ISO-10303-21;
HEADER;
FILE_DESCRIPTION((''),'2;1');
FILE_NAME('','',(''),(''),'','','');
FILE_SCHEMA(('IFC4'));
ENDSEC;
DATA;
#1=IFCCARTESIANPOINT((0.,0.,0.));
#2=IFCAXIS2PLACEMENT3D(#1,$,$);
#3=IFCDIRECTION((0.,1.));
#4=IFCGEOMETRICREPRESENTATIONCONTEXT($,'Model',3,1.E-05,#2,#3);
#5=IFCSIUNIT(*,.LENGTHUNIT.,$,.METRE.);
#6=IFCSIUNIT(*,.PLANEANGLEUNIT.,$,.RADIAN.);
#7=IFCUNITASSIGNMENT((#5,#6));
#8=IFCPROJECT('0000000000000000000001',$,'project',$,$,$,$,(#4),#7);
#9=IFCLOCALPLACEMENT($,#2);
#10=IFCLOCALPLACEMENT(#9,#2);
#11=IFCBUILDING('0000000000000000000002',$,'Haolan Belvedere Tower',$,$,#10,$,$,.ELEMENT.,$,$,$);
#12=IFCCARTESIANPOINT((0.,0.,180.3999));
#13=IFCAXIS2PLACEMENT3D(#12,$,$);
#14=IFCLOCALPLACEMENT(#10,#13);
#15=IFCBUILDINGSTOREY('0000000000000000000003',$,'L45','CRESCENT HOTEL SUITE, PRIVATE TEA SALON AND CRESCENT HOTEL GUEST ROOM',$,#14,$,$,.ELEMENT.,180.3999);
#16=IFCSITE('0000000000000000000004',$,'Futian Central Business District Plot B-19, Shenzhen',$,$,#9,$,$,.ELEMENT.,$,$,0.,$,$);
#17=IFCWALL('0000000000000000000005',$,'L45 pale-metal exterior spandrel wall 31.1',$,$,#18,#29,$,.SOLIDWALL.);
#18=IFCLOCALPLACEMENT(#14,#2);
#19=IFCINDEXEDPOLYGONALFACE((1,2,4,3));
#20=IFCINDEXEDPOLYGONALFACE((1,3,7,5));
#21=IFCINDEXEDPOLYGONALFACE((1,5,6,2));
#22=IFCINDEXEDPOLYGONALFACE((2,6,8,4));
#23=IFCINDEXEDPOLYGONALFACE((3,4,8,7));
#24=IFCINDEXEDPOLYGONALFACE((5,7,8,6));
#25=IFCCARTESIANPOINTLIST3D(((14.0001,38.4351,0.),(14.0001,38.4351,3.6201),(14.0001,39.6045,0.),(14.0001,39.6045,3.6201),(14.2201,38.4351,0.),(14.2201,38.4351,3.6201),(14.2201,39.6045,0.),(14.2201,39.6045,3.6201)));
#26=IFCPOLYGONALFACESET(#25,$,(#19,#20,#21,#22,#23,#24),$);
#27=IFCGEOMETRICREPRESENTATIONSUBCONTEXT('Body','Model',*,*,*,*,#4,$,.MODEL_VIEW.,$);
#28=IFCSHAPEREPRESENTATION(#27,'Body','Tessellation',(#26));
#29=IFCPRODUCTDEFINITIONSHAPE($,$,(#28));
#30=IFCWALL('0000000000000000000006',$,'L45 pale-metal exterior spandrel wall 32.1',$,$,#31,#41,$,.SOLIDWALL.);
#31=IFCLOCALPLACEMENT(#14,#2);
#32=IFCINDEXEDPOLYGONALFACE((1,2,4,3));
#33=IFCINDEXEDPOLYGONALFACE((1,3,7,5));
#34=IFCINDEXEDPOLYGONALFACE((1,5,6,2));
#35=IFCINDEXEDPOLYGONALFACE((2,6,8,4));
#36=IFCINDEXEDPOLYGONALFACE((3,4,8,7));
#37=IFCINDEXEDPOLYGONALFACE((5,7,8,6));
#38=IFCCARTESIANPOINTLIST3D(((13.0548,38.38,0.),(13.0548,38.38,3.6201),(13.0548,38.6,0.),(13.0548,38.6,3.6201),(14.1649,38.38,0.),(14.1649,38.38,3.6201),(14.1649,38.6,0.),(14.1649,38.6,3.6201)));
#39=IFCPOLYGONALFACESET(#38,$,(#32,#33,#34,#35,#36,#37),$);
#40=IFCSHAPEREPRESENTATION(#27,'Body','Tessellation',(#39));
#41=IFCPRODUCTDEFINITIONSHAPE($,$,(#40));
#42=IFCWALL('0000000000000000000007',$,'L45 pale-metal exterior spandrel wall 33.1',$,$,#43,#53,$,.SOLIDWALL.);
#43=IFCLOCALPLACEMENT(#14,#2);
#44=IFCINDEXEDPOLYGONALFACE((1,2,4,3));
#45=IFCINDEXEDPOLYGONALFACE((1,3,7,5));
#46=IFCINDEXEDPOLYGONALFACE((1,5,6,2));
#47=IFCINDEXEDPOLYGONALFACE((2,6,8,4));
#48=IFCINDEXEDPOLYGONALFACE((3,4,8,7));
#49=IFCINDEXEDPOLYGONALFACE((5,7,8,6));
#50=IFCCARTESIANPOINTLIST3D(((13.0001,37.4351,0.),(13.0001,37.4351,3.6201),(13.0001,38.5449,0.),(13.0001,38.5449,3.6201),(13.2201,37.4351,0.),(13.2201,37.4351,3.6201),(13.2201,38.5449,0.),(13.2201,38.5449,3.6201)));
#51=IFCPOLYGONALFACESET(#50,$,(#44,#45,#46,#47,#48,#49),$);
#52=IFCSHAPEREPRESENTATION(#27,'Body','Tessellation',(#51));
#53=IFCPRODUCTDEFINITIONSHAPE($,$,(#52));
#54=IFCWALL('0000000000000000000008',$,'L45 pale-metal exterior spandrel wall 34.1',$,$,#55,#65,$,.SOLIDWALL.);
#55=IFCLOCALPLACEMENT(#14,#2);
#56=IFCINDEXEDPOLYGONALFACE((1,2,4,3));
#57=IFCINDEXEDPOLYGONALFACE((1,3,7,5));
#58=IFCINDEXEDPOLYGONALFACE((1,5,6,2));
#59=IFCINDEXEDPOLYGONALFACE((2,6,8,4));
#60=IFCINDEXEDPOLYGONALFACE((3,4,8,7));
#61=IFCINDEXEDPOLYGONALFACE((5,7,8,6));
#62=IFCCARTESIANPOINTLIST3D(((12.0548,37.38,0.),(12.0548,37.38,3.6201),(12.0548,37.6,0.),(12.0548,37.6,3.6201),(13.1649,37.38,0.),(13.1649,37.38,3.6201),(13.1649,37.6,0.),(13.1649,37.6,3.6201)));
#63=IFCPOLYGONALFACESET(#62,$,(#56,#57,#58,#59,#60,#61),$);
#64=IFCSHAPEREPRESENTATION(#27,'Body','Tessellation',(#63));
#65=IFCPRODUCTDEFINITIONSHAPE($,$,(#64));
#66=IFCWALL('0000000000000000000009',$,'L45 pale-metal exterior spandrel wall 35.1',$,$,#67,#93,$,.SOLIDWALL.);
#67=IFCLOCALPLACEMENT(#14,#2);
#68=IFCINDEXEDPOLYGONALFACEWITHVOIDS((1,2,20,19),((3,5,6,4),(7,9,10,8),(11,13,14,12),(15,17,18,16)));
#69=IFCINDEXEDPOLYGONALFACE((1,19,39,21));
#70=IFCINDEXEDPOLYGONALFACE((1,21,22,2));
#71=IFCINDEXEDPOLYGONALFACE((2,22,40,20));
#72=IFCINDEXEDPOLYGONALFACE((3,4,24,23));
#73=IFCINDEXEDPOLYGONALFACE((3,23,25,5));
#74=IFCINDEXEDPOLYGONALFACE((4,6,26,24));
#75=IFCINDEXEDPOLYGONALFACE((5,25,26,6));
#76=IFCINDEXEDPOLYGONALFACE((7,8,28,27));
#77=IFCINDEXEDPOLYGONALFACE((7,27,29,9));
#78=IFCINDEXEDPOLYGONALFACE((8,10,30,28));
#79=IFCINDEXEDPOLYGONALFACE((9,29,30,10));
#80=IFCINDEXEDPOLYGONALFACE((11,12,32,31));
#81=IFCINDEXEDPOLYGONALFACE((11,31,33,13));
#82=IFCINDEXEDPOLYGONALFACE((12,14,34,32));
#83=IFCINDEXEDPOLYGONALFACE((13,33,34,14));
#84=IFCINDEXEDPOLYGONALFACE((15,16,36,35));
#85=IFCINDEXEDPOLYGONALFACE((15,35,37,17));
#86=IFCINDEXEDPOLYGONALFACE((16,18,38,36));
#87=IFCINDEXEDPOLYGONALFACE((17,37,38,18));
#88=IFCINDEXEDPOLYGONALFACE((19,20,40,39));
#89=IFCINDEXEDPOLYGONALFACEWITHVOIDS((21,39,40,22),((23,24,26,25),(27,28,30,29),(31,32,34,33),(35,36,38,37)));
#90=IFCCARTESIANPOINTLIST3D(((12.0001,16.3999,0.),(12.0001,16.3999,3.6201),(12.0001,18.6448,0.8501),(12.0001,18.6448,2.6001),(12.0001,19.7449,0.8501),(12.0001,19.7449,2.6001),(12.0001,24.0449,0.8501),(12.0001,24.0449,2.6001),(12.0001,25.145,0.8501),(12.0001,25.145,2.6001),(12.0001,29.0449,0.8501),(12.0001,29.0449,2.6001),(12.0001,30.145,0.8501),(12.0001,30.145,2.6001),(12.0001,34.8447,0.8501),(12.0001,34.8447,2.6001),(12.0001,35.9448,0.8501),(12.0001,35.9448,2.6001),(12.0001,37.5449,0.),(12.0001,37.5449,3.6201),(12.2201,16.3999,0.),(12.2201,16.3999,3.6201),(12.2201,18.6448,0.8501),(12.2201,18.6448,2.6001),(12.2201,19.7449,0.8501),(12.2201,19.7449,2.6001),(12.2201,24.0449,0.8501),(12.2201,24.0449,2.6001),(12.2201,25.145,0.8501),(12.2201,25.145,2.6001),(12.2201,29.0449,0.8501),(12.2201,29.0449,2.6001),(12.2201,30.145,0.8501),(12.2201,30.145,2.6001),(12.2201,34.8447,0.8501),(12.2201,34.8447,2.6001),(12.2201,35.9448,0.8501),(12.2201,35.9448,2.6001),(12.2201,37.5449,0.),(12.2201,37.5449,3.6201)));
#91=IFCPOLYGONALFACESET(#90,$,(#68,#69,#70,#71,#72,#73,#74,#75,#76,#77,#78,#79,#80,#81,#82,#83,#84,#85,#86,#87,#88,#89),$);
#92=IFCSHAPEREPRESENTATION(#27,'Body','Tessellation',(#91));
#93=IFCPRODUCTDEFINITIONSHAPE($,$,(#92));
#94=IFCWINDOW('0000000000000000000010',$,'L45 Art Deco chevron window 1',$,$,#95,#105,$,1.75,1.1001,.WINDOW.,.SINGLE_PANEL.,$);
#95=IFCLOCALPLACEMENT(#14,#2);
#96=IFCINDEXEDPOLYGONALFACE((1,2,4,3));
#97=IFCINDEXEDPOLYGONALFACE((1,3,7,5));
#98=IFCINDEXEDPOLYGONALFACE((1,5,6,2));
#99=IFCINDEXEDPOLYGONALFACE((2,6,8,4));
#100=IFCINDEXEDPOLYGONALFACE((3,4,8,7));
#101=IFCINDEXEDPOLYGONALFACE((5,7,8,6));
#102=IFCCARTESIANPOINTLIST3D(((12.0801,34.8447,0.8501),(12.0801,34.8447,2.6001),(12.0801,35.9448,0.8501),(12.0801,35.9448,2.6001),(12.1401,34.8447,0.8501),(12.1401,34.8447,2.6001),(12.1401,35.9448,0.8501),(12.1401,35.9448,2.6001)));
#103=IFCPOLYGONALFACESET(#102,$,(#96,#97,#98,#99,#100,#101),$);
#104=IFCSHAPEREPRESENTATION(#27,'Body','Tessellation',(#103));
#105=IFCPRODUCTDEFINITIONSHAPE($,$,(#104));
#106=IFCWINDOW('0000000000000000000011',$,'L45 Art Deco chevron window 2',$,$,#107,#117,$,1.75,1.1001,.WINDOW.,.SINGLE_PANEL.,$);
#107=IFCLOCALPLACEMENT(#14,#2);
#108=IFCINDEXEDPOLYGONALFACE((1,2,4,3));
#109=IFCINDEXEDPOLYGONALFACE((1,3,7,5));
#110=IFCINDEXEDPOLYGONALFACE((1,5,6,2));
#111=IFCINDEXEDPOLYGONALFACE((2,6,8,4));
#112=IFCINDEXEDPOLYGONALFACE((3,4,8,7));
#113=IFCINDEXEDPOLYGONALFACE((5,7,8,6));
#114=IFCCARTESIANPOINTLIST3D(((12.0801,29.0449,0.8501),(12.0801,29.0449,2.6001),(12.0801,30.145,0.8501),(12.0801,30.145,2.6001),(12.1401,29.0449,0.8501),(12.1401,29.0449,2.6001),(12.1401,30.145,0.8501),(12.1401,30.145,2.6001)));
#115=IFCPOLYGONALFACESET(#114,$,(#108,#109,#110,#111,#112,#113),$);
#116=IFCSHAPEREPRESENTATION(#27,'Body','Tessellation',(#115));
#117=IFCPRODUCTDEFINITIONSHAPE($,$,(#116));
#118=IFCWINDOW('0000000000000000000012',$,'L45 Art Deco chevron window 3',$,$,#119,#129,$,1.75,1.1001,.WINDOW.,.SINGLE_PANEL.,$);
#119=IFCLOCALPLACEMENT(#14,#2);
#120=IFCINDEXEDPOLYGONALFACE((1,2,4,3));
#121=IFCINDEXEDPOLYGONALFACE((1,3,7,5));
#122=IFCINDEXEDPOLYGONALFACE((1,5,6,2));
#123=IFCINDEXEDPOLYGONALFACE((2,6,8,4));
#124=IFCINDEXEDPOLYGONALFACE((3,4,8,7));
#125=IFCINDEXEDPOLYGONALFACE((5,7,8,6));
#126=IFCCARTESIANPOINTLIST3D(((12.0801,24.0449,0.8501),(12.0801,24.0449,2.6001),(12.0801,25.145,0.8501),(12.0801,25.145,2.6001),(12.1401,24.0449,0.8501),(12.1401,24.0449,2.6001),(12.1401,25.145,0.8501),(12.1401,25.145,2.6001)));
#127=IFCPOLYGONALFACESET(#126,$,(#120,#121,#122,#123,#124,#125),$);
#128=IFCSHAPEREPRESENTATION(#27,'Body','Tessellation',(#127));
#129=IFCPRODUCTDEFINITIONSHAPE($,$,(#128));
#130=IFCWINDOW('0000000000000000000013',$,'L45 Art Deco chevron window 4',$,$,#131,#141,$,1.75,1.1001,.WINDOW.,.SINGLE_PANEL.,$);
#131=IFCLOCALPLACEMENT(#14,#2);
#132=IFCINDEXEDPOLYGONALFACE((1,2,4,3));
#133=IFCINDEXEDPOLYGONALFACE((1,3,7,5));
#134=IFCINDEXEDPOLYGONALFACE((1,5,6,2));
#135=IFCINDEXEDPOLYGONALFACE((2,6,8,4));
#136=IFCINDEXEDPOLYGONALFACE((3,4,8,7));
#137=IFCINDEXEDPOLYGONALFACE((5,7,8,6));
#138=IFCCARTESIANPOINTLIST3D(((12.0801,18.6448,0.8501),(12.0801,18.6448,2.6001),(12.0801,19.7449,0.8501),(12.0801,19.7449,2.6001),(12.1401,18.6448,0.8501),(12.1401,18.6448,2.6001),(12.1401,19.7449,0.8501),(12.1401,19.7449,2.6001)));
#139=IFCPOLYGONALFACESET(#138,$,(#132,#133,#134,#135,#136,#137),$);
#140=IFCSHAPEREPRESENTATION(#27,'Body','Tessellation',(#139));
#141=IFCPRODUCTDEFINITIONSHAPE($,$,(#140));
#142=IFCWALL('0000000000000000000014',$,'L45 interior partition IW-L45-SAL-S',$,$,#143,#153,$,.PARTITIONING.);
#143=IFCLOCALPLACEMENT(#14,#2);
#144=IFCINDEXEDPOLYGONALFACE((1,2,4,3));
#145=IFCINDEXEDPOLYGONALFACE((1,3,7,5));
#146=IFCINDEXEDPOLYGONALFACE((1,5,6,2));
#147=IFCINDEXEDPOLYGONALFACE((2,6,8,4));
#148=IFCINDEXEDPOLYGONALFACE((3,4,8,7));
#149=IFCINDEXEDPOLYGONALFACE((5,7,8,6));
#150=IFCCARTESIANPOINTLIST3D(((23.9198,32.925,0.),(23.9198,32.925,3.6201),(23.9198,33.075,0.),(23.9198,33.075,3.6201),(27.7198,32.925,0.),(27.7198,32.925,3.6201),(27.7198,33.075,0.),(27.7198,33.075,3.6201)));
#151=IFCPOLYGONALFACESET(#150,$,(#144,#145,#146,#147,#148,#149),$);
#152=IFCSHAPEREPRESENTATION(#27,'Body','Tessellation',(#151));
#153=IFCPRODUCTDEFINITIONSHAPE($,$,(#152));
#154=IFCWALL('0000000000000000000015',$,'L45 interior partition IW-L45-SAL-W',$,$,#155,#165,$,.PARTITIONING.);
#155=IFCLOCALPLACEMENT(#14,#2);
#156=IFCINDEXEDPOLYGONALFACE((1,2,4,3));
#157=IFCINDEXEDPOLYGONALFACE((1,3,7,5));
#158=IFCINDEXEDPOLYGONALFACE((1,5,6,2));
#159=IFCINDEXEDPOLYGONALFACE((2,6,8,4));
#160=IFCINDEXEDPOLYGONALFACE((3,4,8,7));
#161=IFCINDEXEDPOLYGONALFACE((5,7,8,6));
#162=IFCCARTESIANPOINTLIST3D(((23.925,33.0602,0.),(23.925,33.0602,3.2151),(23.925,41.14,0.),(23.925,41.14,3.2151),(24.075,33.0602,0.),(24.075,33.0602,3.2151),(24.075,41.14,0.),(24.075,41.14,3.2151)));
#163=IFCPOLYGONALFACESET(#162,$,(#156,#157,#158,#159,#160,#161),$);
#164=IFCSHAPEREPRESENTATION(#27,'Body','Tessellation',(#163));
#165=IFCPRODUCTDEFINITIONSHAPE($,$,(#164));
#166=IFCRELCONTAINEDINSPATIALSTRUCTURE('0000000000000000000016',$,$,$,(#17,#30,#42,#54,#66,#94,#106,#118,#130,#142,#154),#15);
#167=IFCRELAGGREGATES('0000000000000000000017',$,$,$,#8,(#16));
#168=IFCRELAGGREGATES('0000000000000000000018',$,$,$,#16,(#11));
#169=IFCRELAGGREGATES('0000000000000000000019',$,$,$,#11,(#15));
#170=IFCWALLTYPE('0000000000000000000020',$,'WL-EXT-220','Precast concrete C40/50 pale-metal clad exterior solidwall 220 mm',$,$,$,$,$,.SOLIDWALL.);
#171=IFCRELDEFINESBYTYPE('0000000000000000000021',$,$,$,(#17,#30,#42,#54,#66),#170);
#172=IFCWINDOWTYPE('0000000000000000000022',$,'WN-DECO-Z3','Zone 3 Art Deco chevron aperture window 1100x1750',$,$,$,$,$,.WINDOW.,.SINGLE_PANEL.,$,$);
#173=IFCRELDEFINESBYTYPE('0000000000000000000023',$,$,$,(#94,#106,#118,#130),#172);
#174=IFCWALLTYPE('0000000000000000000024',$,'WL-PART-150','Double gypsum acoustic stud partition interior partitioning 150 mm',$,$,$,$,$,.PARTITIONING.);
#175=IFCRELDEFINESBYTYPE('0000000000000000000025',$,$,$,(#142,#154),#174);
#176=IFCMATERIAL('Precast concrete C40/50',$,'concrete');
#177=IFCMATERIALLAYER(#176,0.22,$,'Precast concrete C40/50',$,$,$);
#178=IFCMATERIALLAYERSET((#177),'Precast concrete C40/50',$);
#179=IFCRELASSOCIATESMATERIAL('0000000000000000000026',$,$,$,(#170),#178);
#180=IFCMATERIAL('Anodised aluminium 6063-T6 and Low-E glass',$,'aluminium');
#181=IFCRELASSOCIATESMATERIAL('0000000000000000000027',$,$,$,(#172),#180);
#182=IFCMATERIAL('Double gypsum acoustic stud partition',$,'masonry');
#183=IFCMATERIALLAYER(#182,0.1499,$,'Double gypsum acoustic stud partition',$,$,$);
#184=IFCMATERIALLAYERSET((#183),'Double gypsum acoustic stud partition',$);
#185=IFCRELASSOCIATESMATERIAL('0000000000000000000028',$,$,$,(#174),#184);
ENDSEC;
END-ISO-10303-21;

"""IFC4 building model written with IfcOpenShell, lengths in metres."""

from ifc_helpers import new_model, si_unit, direction, frame, frame_2d, origin, place, context, subcontext, project, spatial, rectangle, extrude, material, layer, layer_set, type_object, element, fill, save


model = new_model("IFC4")

# Units and contexts
model_context = context("Model", 3, precision=1e-05, world=origin(), true_north=direction((0.0, 1.0)))
body_context = subcontext(model_context, "Body", "Model", "MODEL_VIEW")
ifc_project = project(units=[si_unit("LENGTHUNIT", "METRE"), si_unit("PLANEANGLEUNIT", "RADIAN")], contexts=[model_context])

# Site, building, storey
site_placement = place(None, origin())
site = spatial("IfcSite", under=ifc_project, at=site_placement, Name="Futian Central Business District Plot B-19, Shenzhen", CompositionType="ELEMENT", RefElevation=0.0)
building_placement = place(site_placement, origin())
building = spatial("IfcBuilding", under=site, at=building_placement, Name="Haolan Belvedere Tower", CompositionType="ELEMENT")
storey_placement = place(building_placement, frame((0.0, 0.0, 180.3999)))
storey = spatial("IfcBuildingStorey", under=building, at=storey_placement, Name="L45", Description="CRESCENT HOTEL SUITE, PRIVATE TEA SALON AND CRESCENT HOTEL GUEST ROOM", CompositionType="ELEMENT", Elevation=180.3999)

# Walls
ifc_material_1 = material(Name="Precast concrete C40/50", Category="concrete")
ifc_layer_1 = layer(ifc_material_1, 0.22, Name="Precast concrete C40/50")
ifc_layer_set_1 = layer_set([ifc_layer_1], Name="Precast concrete C40/50")
wall_type_1 = type_object("IfcWallType", Name="WL-EXT-220", Description="Precast concrete C40/50 pale-metal clad exterior solidwall 220 mm", PredefinedType="SOLIDWALL", material=ifc_layer_set_1)
wall_1_placement = place(storey_placement, frame((14.1101, 39.6045, 0.0), z_axis=(0.0, 0.0, 1.0), x_axis=(0.0, -1.0, 0.0)))
element("IfcWall", 1, at=wall_1_placement, inside=storey, type_object=wall_type_1, Name="L45 pale-metal exterior spandrel wall 31.1", PredefinedType="SOLIDWALL", context=body_context, shape_type="SweptSolid", body=[
    extrude(rectangle(XDim=1.1694, YDim=0.22, at=frame_2d((0.5847, 0.0))), origin(), (0.0, 0.0, 1.0), 3.6201),
])
wall_2_placement = place(storey_placement, frame((14.165, 38.49, 0.0), z_axis=(0.0, 0.0, 1.0), x_axis=(-1.0, 0.0, 0.0)))
element("IfcWall", 2, at=wall_2_placement, inside=storey, type_object=wall_type_1, Name="L45 pale-metal exterior spandrel wall 32.1", PredefinedType="SOLIDWALL", context=body_context, shape_type="SweptSolid", body=[
    extrude(rectangle(XDim=1.1101, YDim=0.22, at=frame_2d((0.5552, 0.0))), origin(), (0.0, 0.0, 1.0), 3.6201),
])
wall_3_placement = place(storey_placement, frame((13.1101, 38.5449, 0.0), z_axis=(0.0, 0.0, 1.0), x_axis=(0.0, -1.0, 0.0)))
element("IfcWall", 3, at=wall_3_placement, inside=storey, type_object=wall_type_1, Name="L45 pale-metal exterior spandrel wall 33.1", PredefinedType="SOLIDWALL", context=body_context, shape_type="SweptSolid", body=[
    extrude(rectangle(XDim=1.1099, YDim=0.22, at=frame_2d((0.5549, 0.0))), origin(), (0.0, 0.0, 1.0), 3.6201),
])
wall_4_placement = place(storey_placement, frame((13.165, 37.49, 0.0), z_axis=(0.0, 0.0, 1.0), x_axis=(-1.0, 0.0, 0.0)))
element("IfcWall", 4, at=wall_4_placement, inside=storey, type_object=wall_type_1, Name="L45 pale-metal exterior spandrel wall 34.1", PredefinedType="SOLIDWALL", context=body_context, shape_type="SweptSolid", body=[
    extrude(rectangle(XDim=1.1101, YDim=0.22, at=frame_2d((0.5552, 0.0))), origin(), (0.0, 0.0, 1.0), 3.6201),
])

# Wall, openings, windows
wall_5_placement = place(storey_placement, frame((12.1101, 37.5449, 0.0), z_axis=(0.0, 0.0, 1.0), x_axis=(0.0, -1.0, 0.0)))
wall_5 = element("IfcWall", 5, at=wall_5_placement, inside=storey, type_object=wall_type_1, Name="L45 pale-metal exterior spandrel wall 35.1", PredefinedType="SOLIDWALL", context=body_context, shape_type="SweptSolid", body=[
    extrude(rectangle(XDim=21.145, YDim=0.22, at=frame_2d((10.5725, 0.0))), origin(), (0.0, 0.0, 1.0), 3.6201),
])
opening_1_placement = place(wall_5_placement, frame((1.6001, 0.0, 0.8501)))
opening_1 = element("IfcOpeningElement", 6, at=opening_1_placement, cuts=wall_5, PredefinedType="OPENING", context=body_context, shape_type="SweptSolid", body=[
    extrude(rectangle(XDim=1.1001, YDim=1.75, at=frame_2d((0.55, 0.875))), frame((0.0, 0.1199, 0.0), z_axis=(0.0, -1.0, 0.0), x_axis=(1.0, 0.0, 0.0)), (0.0, 0.0, 1.0), 0.24),
])
opening_2_placement = place(wall_5_placement, frame((7.3999, 0.0, 0.8501)))
opening_2 = element("IfcOpeningElement", 7, at=opening_2_placement, cuts=wall_5, PredefinedType="OPENING", context=body_context, shape_type="SweptSolid", body=[
    extrude(rectangle(XDim=1.1001, YDim=1.75, at=frame_2d((0.55, 0.875))), frame((0.0, 0.1199, 0.0), z_axis=(0.0, -1.0, 0.0), x_axis=(1.0, 0.0, 0.0)), (0.0, 0.0, 1.0), 0.24),
])
opening_3_placement = place(wall_5_placement, frame((12.3999, 0.0, 0.8501)))
opening_3 = element("IfcOpeningElement", 8, at=opening_3_placement, cuts=wall_5, PredefinedType="OPENING", context=body_context, shape_type="SweptSolid", body=[
    extrude(rectangle(XDim=1.1001, YDim=1.75, at=frame_2d((0.55, 0.875))), frame((0.0, 0.1199, 0.0), z_axis=(0.0, -1.0, 0.0), x_axis=(1.0, 0.0, 0.0)), (0.0, 0.0, 1.0), 0.24),
])
opening_4_placement = place(wall_5_placement, frame((17.8, 0.0, 0.8501)))
opening_4 = element("IfcOpeningElement", 9, at=opening_4_placement, cuts=wall_5, PredefinedType="OPENING", context=body_context, shape_type="SweptSolid", body=[
    extrude(rectangle(XDim=1.1001, YDim=1.75, at=frame_2d((0.55, 0.875))), frame((0.0, 0.1199, 0.0), z_axis=(0.0, -1.0, 0.0), x_axis=(1.0, 0.0, 0.0)), (0.0, 0.0, 1.0), 0.24),
])
ifc_material_2 = material(Name="Anodised aluminium 6063-T6 and Low-E glass", Category="aluminium")
window_type = type_object("IfcWindowType", Name="WN-DECO-Z3", Description="Zone 3 Art Deco chevron aperture window 1100x1750", PartitioningType="SINGLE_PANEL", PredefinedType="WINDOW", material=ifc_material_2)
window_1_placement = place(opening_1_placement, origin())
window_1 = element("IfcWindow", 10, at=window_1_placement, inside=storey, type_object=window_type, Name="L45 Art Deco chevron window 1", OverallHeight=1.75, OverallWidth=1.1001, PartitioningType="SINGLE_PANEL", PredefinedType="WINDOW", context=body_context, shape_type="SweptSolid", body=[
    extrude(rectangle(XDim=1.1001, YDim=1.75, at=frame_2d((0.55, 0.875))), frame((0.0, 0.03, 0.0), z_axis=(0.0, -1.0, 0.0), x_axis=(1.0, 0.0, 0.0)), (0.0, 0.0, 1.0), 0.0601),
])
fill(opening_1, window_1)
window_2_placement = place(opening_2_placement, origin())
window_2 = element("IfcWindow", 11, at=window_2_placement, inside=storey, type_object=window_type, Name="L45 Art Deco chevron window 2", OverallHeight=1.75, OverallWidth=1.1001, PartitioningType="SINGLE_PANEL", PredefinedType="WINDOW", context=body_context, shape_type="SweptSolid", body=[
    extrude(rectangle(XDim=1.1001, YDim=1.75, at=frame_2d((0.55, 0.875))), frame((0.0, 0.03, 0.0), z_axis=(0.0, -1.0, 0.0), x_axis=(1.0, 0.0, 0.0)), (0.0, 0.0, 1.0), 0.0601),
])
fill(opening_2, window_2)
window_3_placement = place(opening_3_placement, origin())
window_3 = element("IfcWindow", 12, at=window_3_placement, inside=storey, type_object=window_type, Name="L45 Art Deco chevron window 3", OverallHeight=1.75, OverallWidth=1.1001, PartitioningType="SINGLE_PANEL", PredefinedType="WINDOW", context=body_context, shape_type="SweptSolid", body=[
    extrude(rectangle(XDim=1.1001, YDim=1.75, at=frame_2d((0.55, 0.875))), frame((0.0, 0.03, 0.0), z_axis=(0.0, -1.0, 0.0), x_axis=(1.0, 0.0, 0.0)), (0.0, 0.0, 1.0), 0.0601),
])
fill(opening_3, window_3)
window_4_placement = place(opening_4_placement, origin())
window_4 = element("IfcWindow", 13, at=window_4_placement, inside=storey, type_object=window_type, Name="L45 Art Deco chevron window 4", OverallHeight=1.75, OverallWidth=1.1001, PartitioningType="SINGLE_PANEL", PredefinedType="WINDOW", context=body_context, shape_type="SweptSolid", body=[
    extrude(rectangle(XDim=1.1001, YDim=1.75, at=frame_2d((0.55, 0.875))), frame((0.0, 0.03, 0.0), z_axis=(0.0, -1.0, 0.0), x_axis=(1.0, 0.0, 0.0)), (0.0, 0.0, 1.0), 0.0601),
])
fill(opening_4, window_4)

# Walls
ifc_material_3 = material(Name="Double gypsum acoustic stud partition", Category="masonry")
ifc_layer_2 = layer(ifc_material_3, 0.1499, Name="Double gypsum acoustic stud partition")
ifc_layer_set_2 = layer_set([ifc_layer_2], Name="Double gypsum acoustic stud partition")
wall_type_2 = type_object("IfcWallType", Name="WL-PART-150", Description="Double gypsum acoustic stud partition interior partitioning 150 mm", PredefinedType="PARTITIONING", material=ifc_layer_set_2)
wall_6_placement = place(storey_placement, frame((23.9199, 33.0, 0.0), z_axis=(0.0, 0.0, 1.0), x_axis=(1.0, 0.0, 0.0)))
element("IfcWall", 14, at=wall_6_placement, inside=storey, type_object=wall_type_2, Name="L45 interior partition IW-L45-SAL-S", PredefinedType="PARTITIONING", context=body_context, shape_type="SweptSolid", body=[
    extrude(rectangle(XDim=3.8, YDim=0.1499, at=frame_2d((1.8999, 0.0))), origin(), (0.0, 0.0, 1.0), 3.6201),
])
wall_7_placement = place(storey_placement, frame((24.0, 33.0601, 0.0), z_axis=(0.0, 0.0, 1.0), x_axis=(0.0, 1.0, 0.0)))
element("IfcWall", 15, at=wall_7_placement, inside=storey, type_object=wall_type_2, Name="L45 interior partition IW-L45-SAL-W", PredefinedType="PARTITIONING", context=body_context, shape_type="SweptSolid", body=[
    extrude(rectangle(XDim=8.0798, YDim=0.1499, at=frame_2d((4.04, 0.0))), origin(), (0.0, 0.0, 1.0), 3.2151),
])

save(model, "model.ifc")
